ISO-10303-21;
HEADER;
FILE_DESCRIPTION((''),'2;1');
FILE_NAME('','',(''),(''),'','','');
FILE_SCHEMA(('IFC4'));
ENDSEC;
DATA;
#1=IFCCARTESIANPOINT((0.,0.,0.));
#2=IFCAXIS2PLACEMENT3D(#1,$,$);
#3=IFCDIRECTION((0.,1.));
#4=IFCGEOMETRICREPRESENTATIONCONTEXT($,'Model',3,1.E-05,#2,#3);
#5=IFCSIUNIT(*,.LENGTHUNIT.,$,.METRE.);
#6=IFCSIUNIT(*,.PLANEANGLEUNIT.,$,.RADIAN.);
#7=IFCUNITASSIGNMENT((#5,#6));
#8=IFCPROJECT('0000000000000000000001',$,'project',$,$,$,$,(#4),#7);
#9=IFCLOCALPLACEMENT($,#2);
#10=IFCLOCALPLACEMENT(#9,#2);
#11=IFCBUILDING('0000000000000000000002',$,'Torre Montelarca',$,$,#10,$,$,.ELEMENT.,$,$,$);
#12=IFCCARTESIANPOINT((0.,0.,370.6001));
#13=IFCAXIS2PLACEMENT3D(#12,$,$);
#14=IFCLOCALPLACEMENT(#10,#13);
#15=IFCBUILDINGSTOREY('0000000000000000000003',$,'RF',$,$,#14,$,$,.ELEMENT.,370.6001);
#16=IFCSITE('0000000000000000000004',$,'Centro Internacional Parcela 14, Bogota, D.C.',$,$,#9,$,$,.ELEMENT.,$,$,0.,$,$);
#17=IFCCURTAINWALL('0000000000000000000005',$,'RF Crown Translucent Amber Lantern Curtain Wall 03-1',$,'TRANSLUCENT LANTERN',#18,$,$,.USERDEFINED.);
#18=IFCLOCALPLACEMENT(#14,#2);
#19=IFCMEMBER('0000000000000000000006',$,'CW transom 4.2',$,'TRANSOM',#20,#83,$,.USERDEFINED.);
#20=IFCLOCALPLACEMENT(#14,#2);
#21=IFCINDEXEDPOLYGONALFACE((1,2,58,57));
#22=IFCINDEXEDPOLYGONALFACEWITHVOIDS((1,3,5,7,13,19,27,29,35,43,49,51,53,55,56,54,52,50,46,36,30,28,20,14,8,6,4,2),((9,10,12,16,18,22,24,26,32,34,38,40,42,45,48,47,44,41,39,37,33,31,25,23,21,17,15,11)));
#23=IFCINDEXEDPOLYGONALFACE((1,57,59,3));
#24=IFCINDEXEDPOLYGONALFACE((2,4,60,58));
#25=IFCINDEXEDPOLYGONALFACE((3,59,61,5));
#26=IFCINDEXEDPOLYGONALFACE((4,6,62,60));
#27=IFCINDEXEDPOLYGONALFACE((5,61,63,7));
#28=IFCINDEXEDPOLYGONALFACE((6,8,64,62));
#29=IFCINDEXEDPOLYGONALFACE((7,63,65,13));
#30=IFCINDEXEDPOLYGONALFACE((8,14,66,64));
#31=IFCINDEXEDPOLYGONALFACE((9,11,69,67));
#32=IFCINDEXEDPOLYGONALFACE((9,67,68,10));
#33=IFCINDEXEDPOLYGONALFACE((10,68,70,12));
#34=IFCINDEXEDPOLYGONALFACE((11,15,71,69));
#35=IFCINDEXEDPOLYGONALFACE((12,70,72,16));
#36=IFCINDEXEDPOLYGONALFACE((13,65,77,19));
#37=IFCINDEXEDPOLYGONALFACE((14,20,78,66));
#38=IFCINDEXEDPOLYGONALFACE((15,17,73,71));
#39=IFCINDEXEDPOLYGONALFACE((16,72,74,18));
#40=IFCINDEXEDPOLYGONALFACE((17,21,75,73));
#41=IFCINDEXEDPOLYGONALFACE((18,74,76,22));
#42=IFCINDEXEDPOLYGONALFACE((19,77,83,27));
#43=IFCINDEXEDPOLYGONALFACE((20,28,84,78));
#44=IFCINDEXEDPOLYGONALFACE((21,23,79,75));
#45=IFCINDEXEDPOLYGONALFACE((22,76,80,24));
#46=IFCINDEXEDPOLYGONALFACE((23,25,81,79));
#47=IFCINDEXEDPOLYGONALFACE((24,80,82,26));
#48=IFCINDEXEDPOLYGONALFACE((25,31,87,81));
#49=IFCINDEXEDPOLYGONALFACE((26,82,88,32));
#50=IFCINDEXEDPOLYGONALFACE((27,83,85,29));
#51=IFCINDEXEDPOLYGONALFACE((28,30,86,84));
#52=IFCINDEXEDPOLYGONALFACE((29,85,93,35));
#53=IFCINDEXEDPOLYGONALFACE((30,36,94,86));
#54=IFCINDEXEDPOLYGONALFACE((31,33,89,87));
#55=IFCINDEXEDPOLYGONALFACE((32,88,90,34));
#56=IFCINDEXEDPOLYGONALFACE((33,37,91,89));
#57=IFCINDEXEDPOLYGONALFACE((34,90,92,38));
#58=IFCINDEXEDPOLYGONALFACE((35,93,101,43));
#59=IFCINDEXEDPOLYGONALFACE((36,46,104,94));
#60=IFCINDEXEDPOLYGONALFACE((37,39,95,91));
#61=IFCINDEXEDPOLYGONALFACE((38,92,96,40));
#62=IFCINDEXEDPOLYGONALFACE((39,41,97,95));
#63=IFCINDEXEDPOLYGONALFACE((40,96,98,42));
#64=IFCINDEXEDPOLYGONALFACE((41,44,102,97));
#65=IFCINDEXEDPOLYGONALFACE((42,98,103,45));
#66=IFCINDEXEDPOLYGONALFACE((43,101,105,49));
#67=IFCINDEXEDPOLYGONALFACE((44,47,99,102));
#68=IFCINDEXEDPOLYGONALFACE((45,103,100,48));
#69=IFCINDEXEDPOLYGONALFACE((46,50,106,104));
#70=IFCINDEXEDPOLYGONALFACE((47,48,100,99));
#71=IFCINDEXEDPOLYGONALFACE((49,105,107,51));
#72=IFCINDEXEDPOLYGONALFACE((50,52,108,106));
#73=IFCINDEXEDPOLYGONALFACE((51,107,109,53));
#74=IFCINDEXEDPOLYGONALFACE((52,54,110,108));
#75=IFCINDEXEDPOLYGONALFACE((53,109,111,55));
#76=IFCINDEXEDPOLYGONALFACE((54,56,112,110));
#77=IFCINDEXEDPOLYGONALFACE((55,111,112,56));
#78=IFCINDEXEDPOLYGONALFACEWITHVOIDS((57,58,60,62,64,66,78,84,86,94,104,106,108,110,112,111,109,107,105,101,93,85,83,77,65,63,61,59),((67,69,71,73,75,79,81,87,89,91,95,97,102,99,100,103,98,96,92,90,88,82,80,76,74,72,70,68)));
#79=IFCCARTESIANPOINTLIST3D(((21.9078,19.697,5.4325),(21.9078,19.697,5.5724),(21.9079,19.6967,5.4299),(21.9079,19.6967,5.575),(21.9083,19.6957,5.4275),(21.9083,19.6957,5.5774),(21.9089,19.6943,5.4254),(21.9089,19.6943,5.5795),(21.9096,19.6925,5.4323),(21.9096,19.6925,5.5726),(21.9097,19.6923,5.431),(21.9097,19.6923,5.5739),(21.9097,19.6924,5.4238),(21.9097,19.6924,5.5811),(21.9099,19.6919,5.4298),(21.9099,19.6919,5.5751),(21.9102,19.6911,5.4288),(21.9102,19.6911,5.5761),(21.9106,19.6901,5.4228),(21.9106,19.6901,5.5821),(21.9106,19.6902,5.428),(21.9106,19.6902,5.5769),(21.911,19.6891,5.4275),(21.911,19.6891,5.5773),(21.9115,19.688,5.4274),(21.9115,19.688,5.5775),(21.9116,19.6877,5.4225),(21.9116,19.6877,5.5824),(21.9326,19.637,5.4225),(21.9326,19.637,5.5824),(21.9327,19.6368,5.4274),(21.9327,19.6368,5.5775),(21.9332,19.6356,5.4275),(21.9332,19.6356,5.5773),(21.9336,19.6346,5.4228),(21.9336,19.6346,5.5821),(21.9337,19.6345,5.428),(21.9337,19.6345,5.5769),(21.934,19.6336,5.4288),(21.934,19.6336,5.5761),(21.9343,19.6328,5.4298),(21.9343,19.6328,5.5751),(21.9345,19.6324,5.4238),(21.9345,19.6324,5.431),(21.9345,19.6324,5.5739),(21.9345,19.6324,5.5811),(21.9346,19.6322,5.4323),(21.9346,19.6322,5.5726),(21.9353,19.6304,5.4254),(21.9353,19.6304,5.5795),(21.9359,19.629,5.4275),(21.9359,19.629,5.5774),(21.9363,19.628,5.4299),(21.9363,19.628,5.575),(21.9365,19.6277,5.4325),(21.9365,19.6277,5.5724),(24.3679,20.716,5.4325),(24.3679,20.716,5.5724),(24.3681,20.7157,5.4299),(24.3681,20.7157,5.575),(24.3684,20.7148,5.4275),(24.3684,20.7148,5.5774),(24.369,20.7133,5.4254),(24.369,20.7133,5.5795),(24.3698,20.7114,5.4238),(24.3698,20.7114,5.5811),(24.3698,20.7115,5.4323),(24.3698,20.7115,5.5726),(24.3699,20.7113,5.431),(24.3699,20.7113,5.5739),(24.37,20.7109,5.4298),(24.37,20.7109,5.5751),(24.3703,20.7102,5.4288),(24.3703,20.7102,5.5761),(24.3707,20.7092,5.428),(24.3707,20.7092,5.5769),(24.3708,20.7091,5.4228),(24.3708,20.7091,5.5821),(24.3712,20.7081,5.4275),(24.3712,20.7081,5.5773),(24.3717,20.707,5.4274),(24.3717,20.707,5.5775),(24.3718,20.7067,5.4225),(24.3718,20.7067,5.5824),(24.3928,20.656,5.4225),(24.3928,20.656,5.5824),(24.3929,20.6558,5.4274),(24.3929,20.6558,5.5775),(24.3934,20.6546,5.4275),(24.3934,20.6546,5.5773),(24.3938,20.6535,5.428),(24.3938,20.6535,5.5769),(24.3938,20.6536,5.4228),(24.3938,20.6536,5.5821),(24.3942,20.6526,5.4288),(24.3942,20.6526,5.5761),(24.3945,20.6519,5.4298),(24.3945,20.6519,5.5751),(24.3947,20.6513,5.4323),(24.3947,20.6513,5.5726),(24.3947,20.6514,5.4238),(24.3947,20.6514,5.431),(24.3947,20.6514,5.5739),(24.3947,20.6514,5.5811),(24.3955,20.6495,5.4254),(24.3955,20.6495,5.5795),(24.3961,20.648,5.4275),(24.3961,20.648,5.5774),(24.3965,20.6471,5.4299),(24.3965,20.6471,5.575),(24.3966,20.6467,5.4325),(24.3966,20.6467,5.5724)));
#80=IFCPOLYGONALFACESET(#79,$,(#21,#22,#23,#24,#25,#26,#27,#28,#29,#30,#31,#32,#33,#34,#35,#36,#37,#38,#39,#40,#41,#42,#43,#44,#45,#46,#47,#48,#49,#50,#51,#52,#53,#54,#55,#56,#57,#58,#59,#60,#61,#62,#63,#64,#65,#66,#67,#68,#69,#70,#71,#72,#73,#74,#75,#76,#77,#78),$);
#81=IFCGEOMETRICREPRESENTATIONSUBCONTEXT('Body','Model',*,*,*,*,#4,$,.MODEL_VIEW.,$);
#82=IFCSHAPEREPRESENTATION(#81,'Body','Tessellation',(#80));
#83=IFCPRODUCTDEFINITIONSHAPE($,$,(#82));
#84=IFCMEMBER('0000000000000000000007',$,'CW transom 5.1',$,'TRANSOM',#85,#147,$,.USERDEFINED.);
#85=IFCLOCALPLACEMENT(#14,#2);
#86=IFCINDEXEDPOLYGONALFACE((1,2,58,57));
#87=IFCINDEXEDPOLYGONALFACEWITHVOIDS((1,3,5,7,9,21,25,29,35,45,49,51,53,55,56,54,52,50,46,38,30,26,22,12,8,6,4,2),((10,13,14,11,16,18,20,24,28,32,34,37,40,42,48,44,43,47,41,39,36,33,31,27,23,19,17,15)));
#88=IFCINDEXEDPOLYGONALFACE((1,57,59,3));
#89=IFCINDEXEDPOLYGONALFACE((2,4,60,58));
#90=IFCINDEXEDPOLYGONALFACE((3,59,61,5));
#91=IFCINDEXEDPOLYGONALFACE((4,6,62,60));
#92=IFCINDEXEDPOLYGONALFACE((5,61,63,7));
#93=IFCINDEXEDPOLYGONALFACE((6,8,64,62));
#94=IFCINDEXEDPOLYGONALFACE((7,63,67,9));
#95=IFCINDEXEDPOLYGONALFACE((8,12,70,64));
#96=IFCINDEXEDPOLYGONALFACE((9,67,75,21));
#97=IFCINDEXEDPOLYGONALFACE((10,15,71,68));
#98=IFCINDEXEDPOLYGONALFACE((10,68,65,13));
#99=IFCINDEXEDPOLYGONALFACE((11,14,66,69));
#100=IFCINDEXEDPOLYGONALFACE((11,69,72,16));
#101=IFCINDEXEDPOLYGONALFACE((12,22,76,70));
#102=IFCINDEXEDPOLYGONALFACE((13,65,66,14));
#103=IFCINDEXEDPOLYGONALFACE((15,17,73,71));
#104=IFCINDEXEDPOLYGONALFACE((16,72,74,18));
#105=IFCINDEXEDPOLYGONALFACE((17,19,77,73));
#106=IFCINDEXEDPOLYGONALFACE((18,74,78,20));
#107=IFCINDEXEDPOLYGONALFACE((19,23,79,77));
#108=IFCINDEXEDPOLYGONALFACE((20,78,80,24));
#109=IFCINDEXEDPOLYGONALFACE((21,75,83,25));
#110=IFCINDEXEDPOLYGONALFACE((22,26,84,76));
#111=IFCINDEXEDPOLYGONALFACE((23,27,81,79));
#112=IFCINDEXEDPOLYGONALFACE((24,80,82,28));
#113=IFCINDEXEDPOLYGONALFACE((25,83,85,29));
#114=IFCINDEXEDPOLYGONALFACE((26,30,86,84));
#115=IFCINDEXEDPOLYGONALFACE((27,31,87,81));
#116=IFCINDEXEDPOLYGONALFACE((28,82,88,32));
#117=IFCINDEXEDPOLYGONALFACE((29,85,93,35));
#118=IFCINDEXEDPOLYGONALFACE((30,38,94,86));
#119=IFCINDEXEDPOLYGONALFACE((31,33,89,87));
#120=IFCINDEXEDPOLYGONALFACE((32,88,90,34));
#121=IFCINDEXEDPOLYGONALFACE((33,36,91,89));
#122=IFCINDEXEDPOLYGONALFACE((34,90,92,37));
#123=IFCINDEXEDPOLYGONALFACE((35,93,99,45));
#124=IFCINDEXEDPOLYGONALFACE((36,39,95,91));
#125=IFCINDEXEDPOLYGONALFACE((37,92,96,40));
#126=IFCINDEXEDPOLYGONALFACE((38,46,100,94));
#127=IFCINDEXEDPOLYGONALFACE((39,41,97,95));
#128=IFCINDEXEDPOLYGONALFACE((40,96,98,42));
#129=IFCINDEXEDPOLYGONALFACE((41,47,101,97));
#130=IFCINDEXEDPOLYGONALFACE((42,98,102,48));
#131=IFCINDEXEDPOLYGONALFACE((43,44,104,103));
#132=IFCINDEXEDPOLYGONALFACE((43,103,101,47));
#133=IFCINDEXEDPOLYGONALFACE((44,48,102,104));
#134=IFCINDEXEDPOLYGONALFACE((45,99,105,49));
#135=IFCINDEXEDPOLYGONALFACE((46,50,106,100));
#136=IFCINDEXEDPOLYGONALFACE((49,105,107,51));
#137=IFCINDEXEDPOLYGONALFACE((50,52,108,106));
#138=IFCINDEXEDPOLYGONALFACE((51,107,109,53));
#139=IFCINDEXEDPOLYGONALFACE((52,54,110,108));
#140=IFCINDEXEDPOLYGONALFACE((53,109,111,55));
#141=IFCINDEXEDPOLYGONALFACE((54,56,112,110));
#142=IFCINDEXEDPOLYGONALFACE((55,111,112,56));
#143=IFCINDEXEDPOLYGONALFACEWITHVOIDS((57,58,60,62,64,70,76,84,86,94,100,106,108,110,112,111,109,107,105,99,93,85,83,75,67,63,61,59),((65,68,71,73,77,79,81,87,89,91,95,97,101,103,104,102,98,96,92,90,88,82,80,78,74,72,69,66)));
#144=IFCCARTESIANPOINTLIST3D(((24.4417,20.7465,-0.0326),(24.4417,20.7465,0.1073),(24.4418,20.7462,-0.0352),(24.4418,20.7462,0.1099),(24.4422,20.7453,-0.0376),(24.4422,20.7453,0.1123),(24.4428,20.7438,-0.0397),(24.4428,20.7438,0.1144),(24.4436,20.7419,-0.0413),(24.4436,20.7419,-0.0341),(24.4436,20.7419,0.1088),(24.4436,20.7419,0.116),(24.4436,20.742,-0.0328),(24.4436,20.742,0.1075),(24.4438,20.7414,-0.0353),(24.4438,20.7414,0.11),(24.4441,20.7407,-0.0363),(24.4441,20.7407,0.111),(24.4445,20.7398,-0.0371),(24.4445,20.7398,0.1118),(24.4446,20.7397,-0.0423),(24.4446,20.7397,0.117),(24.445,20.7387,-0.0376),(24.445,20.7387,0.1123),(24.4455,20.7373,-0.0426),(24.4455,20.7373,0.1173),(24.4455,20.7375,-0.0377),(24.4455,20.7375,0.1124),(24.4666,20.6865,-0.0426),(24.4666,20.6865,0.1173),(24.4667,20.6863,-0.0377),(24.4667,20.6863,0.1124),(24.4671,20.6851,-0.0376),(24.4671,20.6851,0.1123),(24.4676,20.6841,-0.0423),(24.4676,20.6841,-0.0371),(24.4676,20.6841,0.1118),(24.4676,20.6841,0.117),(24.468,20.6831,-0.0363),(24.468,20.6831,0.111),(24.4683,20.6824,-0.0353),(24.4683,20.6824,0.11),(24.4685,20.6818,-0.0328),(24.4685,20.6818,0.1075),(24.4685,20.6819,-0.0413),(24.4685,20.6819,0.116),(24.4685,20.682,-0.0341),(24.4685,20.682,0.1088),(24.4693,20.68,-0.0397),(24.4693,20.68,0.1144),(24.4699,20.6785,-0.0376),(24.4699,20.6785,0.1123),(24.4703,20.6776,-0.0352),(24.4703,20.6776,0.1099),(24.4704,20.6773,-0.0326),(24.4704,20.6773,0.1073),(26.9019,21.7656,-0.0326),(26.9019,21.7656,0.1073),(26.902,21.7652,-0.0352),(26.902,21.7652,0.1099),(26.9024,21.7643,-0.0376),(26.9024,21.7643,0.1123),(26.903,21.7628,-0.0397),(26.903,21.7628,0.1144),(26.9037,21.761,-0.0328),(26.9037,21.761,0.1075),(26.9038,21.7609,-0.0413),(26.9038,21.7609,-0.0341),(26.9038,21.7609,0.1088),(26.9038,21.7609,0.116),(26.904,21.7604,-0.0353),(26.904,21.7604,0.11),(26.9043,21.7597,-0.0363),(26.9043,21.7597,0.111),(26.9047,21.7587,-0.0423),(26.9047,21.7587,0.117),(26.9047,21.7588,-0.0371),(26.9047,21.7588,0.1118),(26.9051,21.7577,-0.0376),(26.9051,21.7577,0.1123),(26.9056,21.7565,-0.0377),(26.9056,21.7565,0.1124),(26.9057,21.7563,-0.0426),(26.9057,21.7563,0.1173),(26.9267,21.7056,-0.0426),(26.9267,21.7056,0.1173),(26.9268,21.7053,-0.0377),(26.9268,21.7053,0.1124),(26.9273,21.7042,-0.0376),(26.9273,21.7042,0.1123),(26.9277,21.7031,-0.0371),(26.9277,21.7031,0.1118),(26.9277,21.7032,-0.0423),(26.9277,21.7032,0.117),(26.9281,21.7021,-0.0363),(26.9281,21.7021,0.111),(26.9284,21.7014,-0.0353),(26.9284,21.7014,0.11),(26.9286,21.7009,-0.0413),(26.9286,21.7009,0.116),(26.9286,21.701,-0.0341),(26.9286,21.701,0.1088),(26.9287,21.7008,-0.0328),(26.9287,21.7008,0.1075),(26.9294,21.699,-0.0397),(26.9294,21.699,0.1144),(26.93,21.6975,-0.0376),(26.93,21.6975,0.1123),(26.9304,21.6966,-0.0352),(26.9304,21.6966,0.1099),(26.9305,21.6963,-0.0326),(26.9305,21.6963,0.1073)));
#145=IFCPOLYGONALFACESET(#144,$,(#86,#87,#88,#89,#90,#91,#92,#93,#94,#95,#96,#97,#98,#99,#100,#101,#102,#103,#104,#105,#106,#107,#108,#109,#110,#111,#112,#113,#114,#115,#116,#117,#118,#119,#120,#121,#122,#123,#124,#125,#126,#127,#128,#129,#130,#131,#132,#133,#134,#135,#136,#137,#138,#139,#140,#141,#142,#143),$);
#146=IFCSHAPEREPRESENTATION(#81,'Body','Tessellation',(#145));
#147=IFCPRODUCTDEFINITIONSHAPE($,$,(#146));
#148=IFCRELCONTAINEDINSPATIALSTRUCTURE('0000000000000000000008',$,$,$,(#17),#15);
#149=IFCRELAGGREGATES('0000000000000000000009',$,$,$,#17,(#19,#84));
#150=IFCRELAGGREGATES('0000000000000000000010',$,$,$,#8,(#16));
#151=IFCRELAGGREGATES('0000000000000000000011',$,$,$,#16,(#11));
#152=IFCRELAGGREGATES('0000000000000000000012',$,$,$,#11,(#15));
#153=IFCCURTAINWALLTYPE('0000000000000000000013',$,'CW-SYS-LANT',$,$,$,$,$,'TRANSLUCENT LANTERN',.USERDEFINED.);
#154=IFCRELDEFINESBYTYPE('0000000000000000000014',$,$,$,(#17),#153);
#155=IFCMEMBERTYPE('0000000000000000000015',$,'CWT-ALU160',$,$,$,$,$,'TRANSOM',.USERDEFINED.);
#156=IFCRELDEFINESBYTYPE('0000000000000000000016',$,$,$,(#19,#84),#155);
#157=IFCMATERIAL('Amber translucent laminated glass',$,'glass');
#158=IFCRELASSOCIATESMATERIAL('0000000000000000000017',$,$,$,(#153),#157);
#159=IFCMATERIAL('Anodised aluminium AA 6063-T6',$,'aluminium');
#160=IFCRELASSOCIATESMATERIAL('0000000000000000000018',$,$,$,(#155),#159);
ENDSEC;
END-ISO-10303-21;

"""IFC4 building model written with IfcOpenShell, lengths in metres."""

from ifc_helpers import new_model, si_unit, direction, frame, origin, origin_2d, place, context, subcontext, project, spatial, hollow_rectangle, extrude, source, transform, mapped, material, material_profile, profile_set, type_object, element, aggregate, save


model = new_model("IFC4")

# Units and contexts
model_context = context("Model", 3, precision=1e-05, world=origin(), true_north=direction((0.0, 1.0)))
body_context = subcontext(model_context, "Body", "Model", "MODEL_VIEW")
ifc_project = project(units=[si_unit("LENGTHUNIT", "METRE"), si_unit("PLANEANGLEUNIT", "RADIAN")], contexts=[model_context])

# Site, building, storey
site_placement = place(None, origin())
site = spatial("IfcSite", under=ifc_project, at=site_placement, Name="Centro Internacional Parcela 14, Bogota, D.C.", CompositionType="ELEMENT", RefElevation=0.0)
building_placement = place(site_placement, origin())
building = spatial("IfcBuilding", under=site, at=building_placement, Name="Torre Montelarca", CompositionType="ELEMENT")
storey_placement = place(building_placement, frame((0.0, 0.0, 370.6001)))
storey = spatial("IfcBuildingStorey", under=building, at=storey_placement, Name="RF", CompositionType="ELEMENT", Elevation=370.6001)

# Curtain wall, members
ifc_material_1 = material(Name="Amber translucent laminated glass", Category="glass")
curtain_wall_type = type_object("IfcCurtainWallType", Name="CW-SYS-LANT", ElementType="TRANSLUCENT LANTERN", PredefinedType="USERDEFINED", material=ifc_material_1)
curtain_wall_placement = place(storey_placement, origin())
curtain_wall = element("IfcCurtainWall", 1, at=curtain_wall_placement, inside=storey, type_object=curtain_wall_type, Name="RF Crown Translucent Amber Lantern Curtain Wall 03-1", ObjectType="TRANSLUCENT LANTERN", PredefinedType="USERDEFINED")
ifc_material_2 = material(Name="Anodised aluminium AA 6063-T6", Category="aluminium")
ifc_material_profile_1 = material_profile(ifc_material_2, hollow_rectangle(XDim=0.075, YDim=0.1599, WallThickness=0.0049, InnerFilletRadius=0.0049, OuterFilletRadius=0.01, at=origin_2d()), Name="ALU75X160X5", Category="aluminium")
ifc_profile_set_1 = profile_set([ifc_material_profile_1], Name="Anodised aluminium AA 6063-T6")
member_type_1 = type_object("IfcMemberType", Name="CWT-ALU160", ElementType="TRANSOM", PredefinedType="USERDEFINED", material=ifc_profile_set_1)
shared_shape_1 = source(origin(), body_context, "Body", "SweptSolid", [
    extrude(hollow_rectangle(XDim=0.075, YDim=0.1599, WallThickness=0.0049, InnerFilletRadius=0.0049, OuterFilletRadius=0.01, at=origin_2d()), origin(), (0.0, 0.0, 1.0), 2.6628),
])
member_1_placement = place(storey_placement, frame((21.9221, 19.6624, 5.5024), z_axis=(0.923881, 0.382681, 0.0), x_axis=(-0.382681, 0.923881, 0.0)))
member_1 = element("IfcMember", 2, at=member_1_placement, type_object=member_type_1, Name="CW transom 4.2", ObjectType="TRANSOM", PredefinedType="USERDEFINED", context=body_context, shape_type="MappedRepresentation", body=[
    mapped(shared_shape_1, transform((0.0, 0.0, 0.0), scale=1.0)),
])
member_2_placement = place(storey_placement, frame((24.4561, 20.7119, 0.0374), z_axis=(0.923881, 0.382681, 0.0), x_axis=(-0.382681, 0.923881, 0.0)))
member_2 = element("IfcMember", 3, at=member_2_placement, type_object=member_type_1, Name="CW transom 5.1", ObjectType="TRANSOM", PredefinedType="USERDEFINED", context=body_context, shape_type="MappedRepresentation", body=[
    mapped(shared_shape_1, transform((0.0, 0.0, 0.0), scale=1.0)),
])

aggregate(curtain_wall, [member_1, member_2])

save(model, "model.ifc")
